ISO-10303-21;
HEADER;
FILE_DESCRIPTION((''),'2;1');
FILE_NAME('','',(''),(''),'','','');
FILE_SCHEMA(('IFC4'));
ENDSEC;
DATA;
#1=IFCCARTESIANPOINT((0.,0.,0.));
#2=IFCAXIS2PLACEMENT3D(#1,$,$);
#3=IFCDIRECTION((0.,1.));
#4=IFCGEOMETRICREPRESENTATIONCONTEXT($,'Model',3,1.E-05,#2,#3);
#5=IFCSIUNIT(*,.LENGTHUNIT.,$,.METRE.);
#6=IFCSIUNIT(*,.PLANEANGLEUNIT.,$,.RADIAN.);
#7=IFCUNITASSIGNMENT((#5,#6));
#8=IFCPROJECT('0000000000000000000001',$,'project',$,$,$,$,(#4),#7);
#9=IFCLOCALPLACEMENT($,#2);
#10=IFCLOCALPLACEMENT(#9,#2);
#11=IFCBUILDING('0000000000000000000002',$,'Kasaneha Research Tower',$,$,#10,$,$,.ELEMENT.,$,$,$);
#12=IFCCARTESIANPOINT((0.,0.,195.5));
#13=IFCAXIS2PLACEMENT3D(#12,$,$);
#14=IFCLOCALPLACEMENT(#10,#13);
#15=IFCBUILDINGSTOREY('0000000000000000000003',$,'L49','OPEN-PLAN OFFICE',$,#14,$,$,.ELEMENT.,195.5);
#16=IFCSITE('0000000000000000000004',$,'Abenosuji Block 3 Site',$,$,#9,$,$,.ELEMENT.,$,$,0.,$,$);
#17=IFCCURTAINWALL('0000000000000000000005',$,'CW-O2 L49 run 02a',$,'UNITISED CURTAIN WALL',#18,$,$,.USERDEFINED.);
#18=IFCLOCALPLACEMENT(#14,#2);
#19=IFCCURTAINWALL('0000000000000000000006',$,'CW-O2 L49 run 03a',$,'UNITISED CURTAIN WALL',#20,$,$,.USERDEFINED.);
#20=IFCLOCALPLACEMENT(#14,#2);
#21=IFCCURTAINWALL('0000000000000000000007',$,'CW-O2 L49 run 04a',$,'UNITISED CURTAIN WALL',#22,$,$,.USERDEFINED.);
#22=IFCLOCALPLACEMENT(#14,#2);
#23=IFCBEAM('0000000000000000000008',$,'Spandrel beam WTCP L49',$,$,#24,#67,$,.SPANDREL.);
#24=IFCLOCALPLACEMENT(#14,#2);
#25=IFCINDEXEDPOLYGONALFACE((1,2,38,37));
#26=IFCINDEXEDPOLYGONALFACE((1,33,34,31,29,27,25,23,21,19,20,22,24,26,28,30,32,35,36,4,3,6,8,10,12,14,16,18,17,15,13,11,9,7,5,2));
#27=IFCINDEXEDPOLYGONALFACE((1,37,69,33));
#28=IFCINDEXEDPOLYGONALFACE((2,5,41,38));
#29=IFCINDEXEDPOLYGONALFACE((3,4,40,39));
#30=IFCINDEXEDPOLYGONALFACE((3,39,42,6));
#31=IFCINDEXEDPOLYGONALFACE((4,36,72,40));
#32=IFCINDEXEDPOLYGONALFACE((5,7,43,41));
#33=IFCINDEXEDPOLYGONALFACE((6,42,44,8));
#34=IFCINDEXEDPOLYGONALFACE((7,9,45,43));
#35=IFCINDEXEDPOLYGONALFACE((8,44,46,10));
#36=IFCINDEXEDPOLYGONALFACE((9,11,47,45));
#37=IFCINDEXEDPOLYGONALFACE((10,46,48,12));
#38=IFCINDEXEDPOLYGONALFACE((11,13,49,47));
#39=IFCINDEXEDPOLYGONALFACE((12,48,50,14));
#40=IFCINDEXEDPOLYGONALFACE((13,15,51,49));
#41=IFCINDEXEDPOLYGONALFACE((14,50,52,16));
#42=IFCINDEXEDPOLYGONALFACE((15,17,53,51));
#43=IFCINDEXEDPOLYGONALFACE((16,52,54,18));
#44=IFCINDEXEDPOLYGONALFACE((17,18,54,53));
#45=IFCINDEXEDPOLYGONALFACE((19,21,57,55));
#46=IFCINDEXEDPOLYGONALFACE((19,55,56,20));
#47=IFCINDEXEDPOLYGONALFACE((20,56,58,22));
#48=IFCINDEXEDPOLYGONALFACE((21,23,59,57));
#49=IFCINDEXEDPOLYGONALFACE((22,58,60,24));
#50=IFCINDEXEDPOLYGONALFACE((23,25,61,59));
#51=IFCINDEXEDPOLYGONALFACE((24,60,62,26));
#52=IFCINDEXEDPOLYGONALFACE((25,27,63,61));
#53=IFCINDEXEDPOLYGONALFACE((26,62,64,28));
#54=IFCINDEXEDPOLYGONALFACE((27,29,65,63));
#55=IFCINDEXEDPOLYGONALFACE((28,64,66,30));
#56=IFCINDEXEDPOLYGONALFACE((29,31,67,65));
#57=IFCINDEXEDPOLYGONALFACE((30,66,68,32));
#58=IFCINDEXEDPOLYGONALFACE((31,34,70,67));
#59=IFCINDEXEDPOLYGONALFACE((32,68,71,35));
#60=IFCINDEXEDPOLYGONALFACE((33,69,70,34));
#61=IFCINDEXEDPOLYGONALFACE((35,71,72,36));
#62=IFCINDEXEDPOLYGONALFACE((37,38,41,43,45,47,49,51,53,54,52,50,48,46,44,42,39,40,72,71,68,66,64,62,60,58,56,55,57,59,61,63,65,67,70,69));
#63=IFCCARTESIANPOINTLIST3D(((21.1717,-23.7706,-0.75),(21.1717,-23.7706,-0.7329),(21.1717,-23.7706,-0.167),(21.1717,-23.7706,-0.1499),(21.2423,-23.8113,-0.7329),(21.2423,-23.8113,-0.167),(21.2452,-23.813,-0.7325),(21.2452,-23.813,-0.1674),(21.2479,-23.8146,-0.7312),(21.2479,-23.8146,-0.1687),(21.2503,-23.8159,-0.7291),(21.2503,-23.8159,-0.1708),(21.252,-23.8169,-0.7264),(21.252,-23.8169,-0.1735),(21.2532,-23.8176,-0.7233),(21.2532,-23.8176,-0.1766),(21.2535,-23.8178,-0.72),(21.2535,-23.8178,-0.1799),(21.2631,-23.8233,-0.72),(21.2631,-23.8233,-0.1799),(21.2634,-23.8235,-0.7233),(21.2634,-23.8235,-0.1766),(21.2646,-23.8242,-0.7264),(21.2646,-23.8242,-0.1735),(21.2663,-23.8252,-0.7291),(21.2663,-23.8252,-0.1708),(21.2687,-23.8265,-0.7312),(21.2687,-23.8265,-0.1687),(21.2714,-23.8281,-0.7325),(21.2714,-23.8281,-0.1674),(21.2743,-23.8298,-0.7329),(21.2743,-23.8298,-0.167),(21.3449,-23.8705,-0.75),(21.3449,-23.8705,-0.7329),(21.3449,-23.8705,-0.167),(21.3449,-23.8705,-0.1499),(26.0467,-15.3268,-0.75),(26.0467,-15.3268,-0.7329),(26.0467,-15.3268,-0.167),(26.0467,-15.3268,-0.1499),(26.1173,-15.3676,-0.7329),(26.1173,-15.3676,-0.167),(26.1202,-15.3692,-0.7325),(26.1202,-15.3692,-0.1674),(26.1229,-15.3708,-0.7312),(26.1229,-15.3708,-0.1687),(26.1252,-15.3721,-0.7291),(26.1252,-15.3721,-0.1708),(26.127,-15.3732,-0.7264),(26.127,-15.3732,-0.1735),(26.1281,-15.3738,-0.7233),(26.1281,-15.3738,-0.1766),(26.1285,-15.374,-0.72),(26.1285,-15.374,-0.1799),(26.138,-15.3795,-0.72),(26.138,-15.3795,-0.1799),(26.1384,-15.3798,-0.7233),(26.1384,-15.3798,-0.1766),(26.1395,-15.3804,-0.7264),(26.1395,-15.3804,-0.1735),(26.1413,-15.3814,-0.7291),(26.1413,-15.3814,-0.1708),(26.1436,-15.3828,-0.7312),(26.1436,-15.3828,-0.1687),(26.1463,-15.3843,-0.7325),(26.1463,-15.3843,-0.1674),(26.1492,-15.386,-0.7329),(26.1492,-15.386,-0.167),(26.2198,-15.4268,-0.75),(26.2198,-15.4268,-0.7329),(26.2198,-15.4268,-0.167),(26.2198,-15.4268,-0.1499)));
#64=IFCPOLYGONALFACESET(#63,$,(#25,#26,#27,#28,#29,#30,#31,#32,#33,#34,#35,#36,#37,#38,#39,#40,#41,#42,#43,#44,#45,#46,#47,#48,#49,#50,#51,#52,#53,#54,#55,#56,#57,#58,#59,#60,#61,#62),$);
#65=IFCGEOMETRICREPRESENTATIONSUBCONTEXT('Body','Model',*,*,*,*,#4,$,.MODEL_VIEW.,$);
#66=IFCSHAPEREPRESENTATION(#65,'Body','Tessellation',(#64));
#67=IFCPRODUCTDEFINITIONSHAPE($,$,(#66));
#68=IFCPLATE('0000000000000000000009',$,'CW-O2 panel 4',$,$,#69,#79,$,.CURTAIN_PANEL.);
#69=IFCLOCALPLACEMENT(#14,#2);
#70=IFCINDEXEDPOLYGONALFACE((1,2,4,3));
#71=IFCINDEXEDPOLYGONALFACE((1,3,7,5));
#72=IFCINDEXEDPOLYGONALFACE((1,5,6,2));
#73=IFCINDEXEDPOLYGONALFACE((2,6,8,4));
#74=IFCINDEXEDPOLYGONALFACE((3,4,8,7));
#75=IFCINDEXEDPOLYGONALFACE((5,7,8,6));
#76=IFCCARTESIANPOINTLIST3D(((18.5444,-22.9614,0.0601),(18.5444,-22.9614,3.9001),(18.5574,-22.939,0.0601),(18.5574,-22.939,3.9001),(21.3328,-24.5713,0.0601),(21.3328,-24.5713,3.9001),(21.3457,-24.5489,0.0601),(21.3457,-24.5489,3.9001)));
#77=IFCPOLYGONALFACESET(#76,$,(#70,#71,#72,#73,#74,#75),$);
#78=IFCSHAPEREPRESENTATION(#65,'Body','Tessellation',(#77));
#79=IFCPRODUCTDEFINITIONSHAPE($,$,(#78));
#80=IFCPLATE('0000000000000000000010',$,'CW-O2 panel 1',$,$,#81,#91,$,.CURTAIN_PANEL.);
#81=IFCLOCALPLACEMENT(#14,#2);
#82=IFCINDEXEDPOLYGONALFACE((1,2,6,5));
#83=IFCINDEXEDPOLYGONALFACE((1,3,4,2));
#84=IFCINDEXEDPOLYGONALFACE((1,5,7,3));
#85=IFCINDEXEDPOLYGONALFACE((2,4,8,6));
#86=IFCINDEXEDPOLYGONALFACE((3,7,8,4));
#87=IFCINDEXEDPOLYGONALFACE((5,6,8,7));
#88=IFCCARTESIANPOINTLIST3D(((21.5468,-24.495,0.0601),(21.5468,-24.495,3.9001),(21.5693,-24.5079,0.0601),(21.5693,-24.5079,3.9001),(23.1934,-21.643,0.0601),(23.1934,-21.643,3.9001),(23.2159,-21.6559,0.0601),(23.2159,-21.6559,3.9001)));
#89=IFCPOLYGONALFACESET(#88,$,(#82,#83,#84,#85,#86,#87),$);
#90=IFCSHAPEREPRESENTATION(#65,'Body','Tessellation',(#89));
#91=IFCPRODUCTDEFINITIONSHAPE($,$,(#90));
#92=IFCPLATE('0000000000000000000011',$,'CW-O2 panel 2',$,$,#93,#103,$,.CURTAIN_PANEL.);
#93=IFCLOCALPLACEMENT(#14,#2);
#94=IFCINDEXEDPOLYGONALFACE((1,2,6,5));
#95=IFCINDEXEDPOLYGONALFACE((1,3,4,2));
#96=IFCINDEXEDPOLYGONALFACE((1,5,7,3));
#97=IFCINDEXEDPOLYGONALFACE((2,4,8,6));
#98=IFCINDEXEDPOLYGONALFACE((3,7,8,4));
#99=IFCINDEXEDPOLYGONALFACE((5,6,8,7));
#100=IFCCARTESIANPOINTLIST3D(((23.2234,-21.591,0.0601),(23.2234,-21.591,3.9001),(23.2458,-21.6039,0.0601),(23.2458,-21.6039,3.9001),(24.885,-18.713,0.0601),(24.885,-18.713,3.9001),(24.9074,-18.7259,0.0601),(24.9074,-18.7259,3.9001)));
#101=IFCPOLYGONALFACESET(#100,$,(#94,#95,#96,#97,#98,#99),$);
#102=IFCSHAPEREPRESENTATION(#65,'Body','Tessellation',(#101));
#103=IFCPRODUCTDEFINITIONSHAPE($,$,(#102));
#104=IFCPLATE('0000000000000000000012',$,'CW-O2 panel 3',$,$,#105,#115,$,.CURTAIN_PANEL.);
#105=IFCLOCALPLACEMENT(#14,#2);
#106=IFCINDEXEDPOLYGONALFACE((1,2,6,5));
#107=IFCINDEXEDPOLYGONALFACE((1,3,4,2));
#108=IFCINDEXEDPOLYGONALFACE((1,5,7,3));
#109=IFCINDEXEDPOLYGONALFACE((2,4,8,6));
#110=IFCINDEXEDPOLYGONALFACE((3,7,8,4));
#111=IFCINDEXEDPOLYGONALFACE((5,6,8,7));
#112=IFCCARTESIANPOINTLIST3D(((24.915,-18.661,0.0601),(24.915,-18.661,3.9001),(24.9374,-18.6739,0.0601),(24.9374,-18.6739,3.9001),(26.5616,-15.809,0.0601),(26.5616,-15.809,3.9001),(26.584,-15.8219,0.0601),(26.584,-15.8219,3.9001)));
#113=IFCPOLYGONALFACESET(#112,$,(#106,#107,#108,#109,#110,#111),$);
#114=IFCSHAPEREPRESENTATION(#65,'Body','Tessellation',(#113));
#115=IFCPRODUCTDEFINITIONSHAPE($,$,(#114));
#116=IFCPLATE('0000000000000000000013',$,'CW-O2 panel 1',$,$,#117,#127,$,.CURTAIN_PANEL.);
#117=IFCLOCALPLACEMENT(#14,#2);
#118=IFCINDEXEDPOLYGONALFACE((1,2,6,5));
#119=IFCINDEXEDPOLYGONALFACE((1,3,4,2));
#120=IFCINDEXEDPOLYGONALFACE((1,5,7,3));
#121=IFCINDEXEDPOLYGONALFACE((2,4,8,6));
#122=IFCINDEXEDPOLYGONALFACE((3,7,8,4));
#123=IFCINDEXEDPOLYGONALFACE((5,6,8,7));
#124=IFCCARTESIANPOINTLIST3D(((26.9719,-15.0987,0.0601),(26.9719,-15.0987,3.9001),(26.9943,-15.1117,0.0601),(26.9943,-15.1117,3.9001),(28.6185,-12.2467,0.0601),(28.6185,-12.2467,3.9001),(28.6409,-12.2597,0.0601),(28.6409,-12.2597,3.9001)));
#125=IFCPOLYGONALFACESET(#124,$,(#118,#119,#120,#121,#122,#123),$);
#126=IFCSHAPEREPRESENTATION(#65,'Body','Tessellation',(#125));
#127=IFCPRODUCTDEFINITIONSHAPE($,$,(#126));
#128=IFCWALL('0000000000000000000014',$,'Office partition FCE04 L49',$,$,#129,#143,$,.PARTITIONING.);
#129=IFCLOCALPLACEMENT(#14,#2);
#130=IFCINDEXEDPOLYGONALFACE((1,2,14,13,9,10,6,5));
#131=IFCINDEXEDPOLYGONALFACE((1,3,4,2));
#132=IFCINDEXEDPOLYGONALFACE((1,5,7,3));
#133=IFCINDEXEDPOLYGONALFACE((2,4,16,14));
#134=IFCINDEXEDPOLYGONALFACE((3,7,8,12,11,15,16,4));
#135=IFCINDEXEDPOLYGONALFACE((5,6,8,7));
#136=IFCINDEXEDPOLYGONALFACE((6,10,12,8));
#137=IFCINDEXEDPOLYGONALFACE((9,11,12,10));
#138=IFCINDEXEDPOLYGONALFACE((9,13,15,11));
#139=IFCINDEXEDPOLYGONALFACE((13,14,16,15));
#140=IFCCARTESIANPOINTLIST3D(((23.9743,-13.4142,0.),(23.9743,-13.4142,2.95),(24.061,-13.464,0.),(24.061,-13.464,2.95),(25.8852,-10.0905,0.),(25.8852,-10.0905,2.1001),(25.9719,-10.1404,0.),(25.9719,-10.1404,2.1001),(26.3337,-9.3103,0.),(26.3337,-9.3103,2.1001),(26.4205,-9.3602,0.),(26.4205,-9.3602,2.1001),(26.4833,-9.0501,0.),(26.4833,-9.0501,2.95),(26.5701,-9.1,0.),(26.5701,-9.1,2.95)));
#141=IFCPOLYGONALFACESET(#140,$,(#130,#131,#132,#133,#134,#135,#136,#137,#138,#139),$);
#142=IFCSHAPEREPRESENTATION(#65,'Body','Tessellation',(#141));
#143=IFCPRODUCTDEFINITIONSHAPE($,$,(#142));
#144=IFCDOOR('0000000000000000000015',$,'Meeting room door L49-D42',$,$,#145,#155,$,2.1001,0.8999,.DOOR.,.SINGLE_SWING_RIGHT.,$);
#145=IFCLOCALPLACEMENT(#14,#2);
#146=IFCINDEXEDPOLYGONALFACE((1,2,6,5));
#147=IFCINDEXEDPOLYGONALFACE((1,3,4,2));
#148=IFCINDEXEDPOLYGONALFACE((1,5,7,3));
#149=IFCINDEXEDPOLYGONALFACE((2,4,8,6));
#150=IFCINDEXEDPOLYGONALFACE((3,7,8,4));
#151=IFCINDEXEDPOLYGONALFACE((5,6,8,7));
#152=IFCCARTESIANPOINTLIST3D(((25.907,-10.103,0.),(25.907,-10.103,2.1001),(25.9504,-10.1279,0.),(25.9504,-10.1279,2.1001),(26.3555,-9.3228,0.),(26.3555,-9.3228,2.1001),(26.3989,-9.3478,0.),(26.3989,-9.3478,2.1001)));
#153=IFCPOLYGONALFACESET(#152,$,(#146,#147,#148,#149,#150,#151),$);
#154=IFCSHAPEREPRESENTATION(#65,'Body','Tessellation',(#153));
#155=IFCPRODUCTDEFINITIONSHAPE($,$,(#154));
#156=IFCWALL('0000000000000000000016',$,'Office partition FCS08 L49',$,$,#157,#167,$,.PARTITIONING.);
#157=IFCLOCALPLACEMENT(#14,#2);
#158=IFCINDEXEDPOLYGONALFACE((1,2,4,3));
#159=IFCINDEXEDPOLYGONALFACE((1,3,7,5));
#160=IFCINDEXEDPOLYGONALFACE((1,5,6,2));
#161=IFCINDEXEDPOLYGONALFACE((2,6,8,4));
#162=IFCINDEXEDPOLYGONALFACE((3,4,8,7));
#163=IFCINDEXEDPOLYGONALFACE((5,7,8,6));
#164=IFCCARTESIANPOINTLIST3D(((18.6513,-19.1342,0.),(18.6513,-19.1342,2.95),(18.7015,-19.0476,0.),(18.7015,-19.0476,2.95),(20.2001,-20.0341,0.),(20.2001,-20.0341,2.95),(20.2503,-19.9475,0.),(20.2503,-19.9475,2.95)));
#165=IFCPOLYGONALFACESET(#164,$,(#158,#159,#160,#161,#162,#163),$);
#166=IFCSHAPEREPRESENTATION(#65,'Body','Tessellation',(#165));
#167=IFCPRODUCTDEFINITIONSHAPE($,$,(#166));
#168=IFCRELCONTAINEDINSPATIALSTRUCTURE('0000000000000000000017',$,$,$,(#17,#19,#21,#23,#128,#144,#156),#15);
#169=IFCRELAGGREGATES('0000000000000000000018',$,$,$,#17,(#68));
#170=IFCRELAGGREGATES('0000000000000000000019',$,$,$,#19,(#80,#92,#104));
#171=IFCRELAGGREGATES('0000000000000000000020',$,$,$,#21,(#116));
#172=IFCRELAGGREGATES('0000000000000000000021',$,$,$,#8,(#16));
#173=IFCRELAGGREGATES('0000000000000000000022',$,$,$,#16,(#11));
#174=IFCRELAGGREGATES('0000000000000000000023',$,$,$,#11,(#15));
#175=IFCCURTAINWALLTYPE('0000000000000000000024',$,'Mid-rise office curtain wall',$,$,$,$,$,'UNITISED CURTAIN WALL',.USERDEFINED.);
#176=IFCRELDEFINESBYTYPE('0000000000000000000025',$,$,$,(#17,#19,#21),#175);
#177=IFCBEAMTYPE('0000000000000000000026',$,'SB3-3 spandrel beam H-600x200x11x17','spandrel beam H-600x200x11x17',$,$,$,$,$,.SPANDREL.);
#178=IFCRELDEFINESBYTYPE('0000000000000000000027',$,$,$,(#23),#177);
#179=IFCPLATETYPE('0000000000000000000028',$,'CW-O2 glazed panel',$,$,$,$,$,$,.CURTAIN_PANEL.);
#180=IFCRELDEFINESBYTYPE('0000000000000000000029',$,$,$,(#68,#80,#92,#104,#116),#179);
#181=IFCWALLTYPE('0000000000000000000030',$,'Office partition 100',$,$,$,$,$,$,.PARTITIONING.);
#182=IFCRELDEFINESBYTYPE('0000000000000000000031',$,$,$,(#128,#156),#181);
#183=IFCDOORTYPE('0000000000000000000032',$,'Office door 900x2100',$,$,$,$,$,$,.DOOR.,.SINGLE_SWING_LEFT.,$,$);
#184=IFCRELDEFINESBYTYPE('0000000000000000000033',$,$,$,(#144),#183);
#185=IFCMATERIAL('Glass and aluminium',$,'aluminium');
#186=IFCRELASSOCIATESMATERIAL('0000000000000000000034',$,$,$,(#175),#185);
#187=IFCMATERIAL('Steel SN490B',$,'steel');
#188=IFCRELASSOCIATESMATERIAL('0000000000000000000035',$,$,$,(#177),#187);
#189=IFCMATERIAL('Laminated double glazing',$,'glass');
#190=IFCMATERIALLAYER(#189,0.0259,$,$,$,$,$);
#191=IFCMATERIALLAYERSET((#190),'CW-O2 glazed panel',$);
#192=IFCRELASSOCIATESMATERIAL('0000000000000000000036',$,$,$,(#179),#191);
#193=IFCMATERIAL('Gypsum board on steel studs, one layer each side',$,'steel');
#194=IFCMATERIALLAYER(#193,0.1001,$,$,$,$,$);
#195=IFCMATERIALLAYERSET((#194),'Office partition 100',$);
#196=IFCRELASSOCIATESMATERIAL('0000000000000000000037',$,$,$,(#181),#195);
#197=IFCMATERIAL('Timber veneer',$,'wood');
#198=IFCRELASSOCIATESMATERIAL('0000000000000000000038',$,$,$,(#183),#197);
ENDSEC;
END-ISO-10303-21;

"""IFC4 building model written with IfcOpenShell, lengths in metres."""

from ifc_helpers import new_model, si_unit, direction, frame, frame_2d, origin, origin_2d, place, context, subcontext, project, spatial, rectangle, i_section, extrude, material, layer, layer_set, material_profile, profile_set, type_object, element, fill, aggregate, save


model = new_model("IFC4")

# Units and contexts
model_context = context("Model", 3, precision=1e-05, world=origin(), true_north=direction((0.0, 1.0)))
body_context = subcontext(model_context, "Body", "Model", "MODEL_VIEW")
ifc_project = project(units=[si_unit("LENGTHUNIT", "METRE"), si_unit("PLANEANGLEUNIT", "RADIAN")], contexts=[model_context])

# Site, building, storey
site_placement = place(None, origin())
site = spatial("IfcSite", under=ifc_project, at=site_placement, Name="Abenosuji Block 3 Site", CompositionType="ELEMENT", RefElevation=0.0)
building_placement = place(site_placement, origin())
building = spatial("IfcBuilding", under=site, at=building_placement, Name="Kasaneha Research Tower", CompositionType="ELEMENT")
storey_placement = place(building_placement, frame((0.0, 0.0, 195.5)))
storey = spatial("IfcBuildingStorey", under=building, at=storey_placement, Name="L49", Description="OPEN-PLAN OFFICE", CompositionType="ELEMENT", Elevation=195.5)

# Curtain wall
ifc_material_1 = material(Name="Glass and aluminium", Category="aluminium")
curtain_wall_type = type_object("IfcCurtainWallType", Name="Mid-rise office curtain wall", ElementType="UNITISED CURTAIN WALL", PredefinedType="USERDEFINED", material=ifc_material_1)
curtain_wall_1_placement = place(storey_placement, origin())
curtain_wall_1 = element("IfcCurtainWall", 1, at=curtain_wall_1_placement, inside=storey, type_object=curtain_wall_type, Name="CW-O2 L49 run 02a", ObjectType="UNITISED CURTAIN WALL", PredefinedType="USERDEFINED")

# Curtain walls
curtain_wall_2_placement = place(storey_placement, origin())
curtain_wall_2 = element("IfcCurtainWall", 2, at=curtain_wall_2_placement, inside=storey, type_object=curtain_wall_type, Name="CW-O2 L49 run 03a", ObjectType="UNITISED CURTAIN WALL", PredefinedType="USERDEFINED")
curtain_wall_3_placement = place(storey_placement, origin())
curtain_wall_3 = element("IfcCurtainWall", 3, at=curtain_wall_3_placement, inside=storey, type_object=curtain_wall_type, Name="CW-O2 L49 run 04a", ObjectType="UNITISED CURTAIN WALL", PredefinedType="USERDEFINED")

# Beam
ifc_material_2 = material(Name="Steel SN490B", Category="steel")
ifc_material_profile_1 = material_profile(ifc_material_2, i_section(OverallWidth=0.2, OverallDepth=0.6001, WebThickness=0.011, FlangeThickness=0.0171, FilletRadius=0.0129, at=origin_2d()), Name="H-600x200x11x17")
ifc_profile_set_1 = profile_set([ifc_material_profile_1], Name="Steel SN490B")
beam_type = type_object("IfcBeamType", Name="SB3-3 spandrel beam H-600x200x11x17", Description="spandrel beam H-600x200x11x17", PredefinedType="SPANDREL", material=ifc_profile_set_1)
beam_placement = place(storey_placement, frame((21.2583, -23.8206, -0.45), z_axis=(0.499996, 0.866028, 0.0), x_axis=(-0.866028, 0.499996, 0.0)))
element("IfcBeam", 4, at=beam_placement, inside=storey, type_object=beam_type, Name="Spandrel beam WTCP L49", PredefinedType="SPANDREL", context=body_context, shape_type="SweptSolid", body=[
    extrude(i_section(OverallWidth=0.2, OverallDepth=0.6001, WebThickness=0.011, FlangeThickness=0.0171, FilletRadius=0.0129, at=origin_2d()), origin(), (0.0, 0.0, 1.0), 9.75),
])

# Plates
ifc_material_3 = material(Name="Laminated double glazing", Category="glass")
ifc_layer_1 = layer(ifc_material_3, 0.0259)
ifc_layer_set_1 = layer_set([ifc_layer_1], Name="CW-O2 glazed panel")
plate_type = type_object("IfcPlateType", Name="CW-O2 glazed panel", PredefinedType="CURTAIN_PANEL", material=ifc_layer_set_1)
plate_1_placement = place(storey_placement, frame((19.9451, -23.7551, 0.0601), z_axis=(0.0, 0.0, 1.0), x_axis=(0.866025, -0.5, 0.0)))
plate_1 = element("IfcPlate", 5, at=plate_1_placement, type_object=plate_type, Name="CW-O2 panel 4", PredefinedType="CURTAIN_PANEL", context=body_context, shape_type="SweptSolid", body=[
    extrude(rectangle(XDim=3.2197, YDim=0.0259, at=origin_2d()), origin(), (0.0, 0.0, 1.0), 3.8401),
])
aggregate(curtain_wall_1, [plate_1])
plate_2_placement = place(storey_placement, frame((22.3813, -23.0754, 0.0601), z_axis=(0.0, 0.0, 1.0), x_axis=(0.5, 0.866025, 0.0)))
plate_2 = element("IfcPlate", 6, at=plate_2_placement, type_object=plate_type, Name="CW-O2 panel 1", PredefinedType="CURTAIN_PANEL", context=body_context, shape_type="SweptSolid", body=[
    extrude(rectangle(XDim=3.2932, YDim=0.0259, at=origin_2d()), origin(), (0.0, 0.0, 1.0), 3.8401),
])
plate_3_placement = place(storey_placement, frame((24.0654, -20.1584, 0.0601), z_axis=(0.0, 0.0, 1.0), x_axis=(0.5, 0.866025, 0.0)))
plate_3 = element("IfcPlate", 7, at=plate_3_placement, type_object=plate_type, Name="CW-O2 panel 2", PredefinedType="CURTAIN_PANEL", context=body_context, shape_type="SweptSolid", body=[
    extrude(rectangle(XDim=3.3232, YDim=0.0259, at=origin_2d()), origin(), (0.0, 0.0, 1.0), 3.8401),
])
plate_4_placement = place(storey_placement, frame((25.7495, -17.2415, 0.0601), z_axis=(0.0, 0.0, 1.0), x_axis=(0.5, 0.866025, 0.0)))
plate_4 = element("IfcPlate", 8, at=plate_4_placement, type_object=plate_type, Name="CW-O2 panel 3", PredefinedType="CURTAIN_PANEL", context=body_context, shape_type="SweptSolid", body=[
    extrude(rectangle(XDim=3.2932, YDim=0.0259, at=origin_2d()), origin(), (0.0, 0.0, 1.0), 3.8401),
])
aggregate(curtain_wall_2, [plate_2, plate_3, plate_4])
plate_5_placement = place(storey_placement, frame((27.8064, -13.6792, 0.0601), z_axis=(0.0, 0.0, 1.0), x_axis=(0.5, 0.866025, 0.0)))
plate_5 = element("IfcPlate", 9, at=plate_5_placement, type_object=plate_type, Name="CW-O2 panel 1", PredefinedType="CURTAIN_PANEL", context=body_context, shape_type="SweptSolid", body=[
    extrude(rectangle(XDim=3.2932, YDim=0.0259, at=origin_2d()), origin(), (0.0, 0.0, 1.0), 3.8401),
])
aggregate(curtain_wall_3, [plate_5])

# Wall, opening, door
ifc_material_4 = material(Name="Gypsum board on steel studs, one layer each side", Category="steel")
ifc_layer_2 = layer(ifc_material_4, 0.1001)
ifc_layer_set_2 = layer_set([ifc_layer_2], Name="Office partition 100")
wall_type_1 = type_object("IfcWallType", Name="Office partition 100", PredefinedType="PARTITIONING", material=ifc_layer_set_2)
wall_1_placement = place(storey_placement, frame((24.0176, -13.4392, 0.0), z_axis=(0.0, 0.0, 1.0), x_axis=(0.49843, 0.86693, 0.0)))
wall_1 = element("IfcWall", 10, at=wall_1_placement, inside=storey, type_object=wall_type_1, Name="Office partition FCE04 L49", PredefinedType="PARTITIONING", context=body_context, shape_type="SweptSolid", body=[
    extrude(rectangle(XDim=5.0339, YDim=0.1001, at=frame_2d((2.5171, 0.0))), origin(), (0.0, 0.0, 1.0), 2.95),
])
opening_1_placement = place(wall_1_placement, frame((3.834, 0.0, 0.0)))
opening_1 = element("IfcOpeningElement", 11, at=opening_1_placement, cuts=wall_1, PredefinedType="OPENING", context=body_context, shape_type="SweptSolid", body=[
    extrude(rectangle(XDim=0.8999, YDim=2.1001, at=frame_2d((0.45, 1.05))), frame((0.0, 0.0601, 0.0), z_axis=(0.0, -1.0, 0.0), x_axis=(1.0, 0.0, 0.0)), (0.0, 0.0, 1.0), 0.1201),
])
ifc_material_5 = material(Name="Timber veneer", Category="wood")
door_type_1 = type_object("IfcDoorType", Name="Office door 900x2100", OperationType="SINGLE_SWING_LEFT", PredefinedType="DOOR", material=ifc_material_5)
door_1_placement = place(opening_1_placement, origin())
door_1 = element("IfcDoor", 12, at=door_1_placement, inside=storey, type_object=door_type_1, Name="Meeting room door L49-D42", OperationType="SINGLE_SWING_RIGHT", OverallHeight=2.1001, OverallWidth=0.8999, PredefinedType="DOOR", context=body_context, shape_type="SweptSolid", body=[
    extrude(rectangle(XDim=0.8999, YDim=2.1001, at=frame_2d((0.45, 1.05))), frame((0.0, 0.0249, 0.0), z_axis=(0.0, -1.0, 0.0), x_axis=(1.0, 0.0, 0.0)), (0.0, 0.0, 1.0), 0.05),
])
fill(opening_1, door_1)

# Wall
wall_2_placement = place(storey_placement, frame((20.2251, -19.9907, 0.0), z_axis=(0.0, 0.0, 1.0), x_axis=(-0.864648, 0.502379, 0.0)))
element("IfcWall", 13, at=wall_2_placement, inside=storey, type_object=wall_type_1, Name="Office partition FCS08 L49", PredefinedType="PARTITIONING", context=body_context, shape_type="SweptSolid", body=[
    extrude(rectangle(XDim=1.7913, YDim=0.1001, at=frame_2d((0.8955, 0.0))), origin(), (0.0, 0.0, 1.0), 2.95),
])

save(model, "model.ifc")
